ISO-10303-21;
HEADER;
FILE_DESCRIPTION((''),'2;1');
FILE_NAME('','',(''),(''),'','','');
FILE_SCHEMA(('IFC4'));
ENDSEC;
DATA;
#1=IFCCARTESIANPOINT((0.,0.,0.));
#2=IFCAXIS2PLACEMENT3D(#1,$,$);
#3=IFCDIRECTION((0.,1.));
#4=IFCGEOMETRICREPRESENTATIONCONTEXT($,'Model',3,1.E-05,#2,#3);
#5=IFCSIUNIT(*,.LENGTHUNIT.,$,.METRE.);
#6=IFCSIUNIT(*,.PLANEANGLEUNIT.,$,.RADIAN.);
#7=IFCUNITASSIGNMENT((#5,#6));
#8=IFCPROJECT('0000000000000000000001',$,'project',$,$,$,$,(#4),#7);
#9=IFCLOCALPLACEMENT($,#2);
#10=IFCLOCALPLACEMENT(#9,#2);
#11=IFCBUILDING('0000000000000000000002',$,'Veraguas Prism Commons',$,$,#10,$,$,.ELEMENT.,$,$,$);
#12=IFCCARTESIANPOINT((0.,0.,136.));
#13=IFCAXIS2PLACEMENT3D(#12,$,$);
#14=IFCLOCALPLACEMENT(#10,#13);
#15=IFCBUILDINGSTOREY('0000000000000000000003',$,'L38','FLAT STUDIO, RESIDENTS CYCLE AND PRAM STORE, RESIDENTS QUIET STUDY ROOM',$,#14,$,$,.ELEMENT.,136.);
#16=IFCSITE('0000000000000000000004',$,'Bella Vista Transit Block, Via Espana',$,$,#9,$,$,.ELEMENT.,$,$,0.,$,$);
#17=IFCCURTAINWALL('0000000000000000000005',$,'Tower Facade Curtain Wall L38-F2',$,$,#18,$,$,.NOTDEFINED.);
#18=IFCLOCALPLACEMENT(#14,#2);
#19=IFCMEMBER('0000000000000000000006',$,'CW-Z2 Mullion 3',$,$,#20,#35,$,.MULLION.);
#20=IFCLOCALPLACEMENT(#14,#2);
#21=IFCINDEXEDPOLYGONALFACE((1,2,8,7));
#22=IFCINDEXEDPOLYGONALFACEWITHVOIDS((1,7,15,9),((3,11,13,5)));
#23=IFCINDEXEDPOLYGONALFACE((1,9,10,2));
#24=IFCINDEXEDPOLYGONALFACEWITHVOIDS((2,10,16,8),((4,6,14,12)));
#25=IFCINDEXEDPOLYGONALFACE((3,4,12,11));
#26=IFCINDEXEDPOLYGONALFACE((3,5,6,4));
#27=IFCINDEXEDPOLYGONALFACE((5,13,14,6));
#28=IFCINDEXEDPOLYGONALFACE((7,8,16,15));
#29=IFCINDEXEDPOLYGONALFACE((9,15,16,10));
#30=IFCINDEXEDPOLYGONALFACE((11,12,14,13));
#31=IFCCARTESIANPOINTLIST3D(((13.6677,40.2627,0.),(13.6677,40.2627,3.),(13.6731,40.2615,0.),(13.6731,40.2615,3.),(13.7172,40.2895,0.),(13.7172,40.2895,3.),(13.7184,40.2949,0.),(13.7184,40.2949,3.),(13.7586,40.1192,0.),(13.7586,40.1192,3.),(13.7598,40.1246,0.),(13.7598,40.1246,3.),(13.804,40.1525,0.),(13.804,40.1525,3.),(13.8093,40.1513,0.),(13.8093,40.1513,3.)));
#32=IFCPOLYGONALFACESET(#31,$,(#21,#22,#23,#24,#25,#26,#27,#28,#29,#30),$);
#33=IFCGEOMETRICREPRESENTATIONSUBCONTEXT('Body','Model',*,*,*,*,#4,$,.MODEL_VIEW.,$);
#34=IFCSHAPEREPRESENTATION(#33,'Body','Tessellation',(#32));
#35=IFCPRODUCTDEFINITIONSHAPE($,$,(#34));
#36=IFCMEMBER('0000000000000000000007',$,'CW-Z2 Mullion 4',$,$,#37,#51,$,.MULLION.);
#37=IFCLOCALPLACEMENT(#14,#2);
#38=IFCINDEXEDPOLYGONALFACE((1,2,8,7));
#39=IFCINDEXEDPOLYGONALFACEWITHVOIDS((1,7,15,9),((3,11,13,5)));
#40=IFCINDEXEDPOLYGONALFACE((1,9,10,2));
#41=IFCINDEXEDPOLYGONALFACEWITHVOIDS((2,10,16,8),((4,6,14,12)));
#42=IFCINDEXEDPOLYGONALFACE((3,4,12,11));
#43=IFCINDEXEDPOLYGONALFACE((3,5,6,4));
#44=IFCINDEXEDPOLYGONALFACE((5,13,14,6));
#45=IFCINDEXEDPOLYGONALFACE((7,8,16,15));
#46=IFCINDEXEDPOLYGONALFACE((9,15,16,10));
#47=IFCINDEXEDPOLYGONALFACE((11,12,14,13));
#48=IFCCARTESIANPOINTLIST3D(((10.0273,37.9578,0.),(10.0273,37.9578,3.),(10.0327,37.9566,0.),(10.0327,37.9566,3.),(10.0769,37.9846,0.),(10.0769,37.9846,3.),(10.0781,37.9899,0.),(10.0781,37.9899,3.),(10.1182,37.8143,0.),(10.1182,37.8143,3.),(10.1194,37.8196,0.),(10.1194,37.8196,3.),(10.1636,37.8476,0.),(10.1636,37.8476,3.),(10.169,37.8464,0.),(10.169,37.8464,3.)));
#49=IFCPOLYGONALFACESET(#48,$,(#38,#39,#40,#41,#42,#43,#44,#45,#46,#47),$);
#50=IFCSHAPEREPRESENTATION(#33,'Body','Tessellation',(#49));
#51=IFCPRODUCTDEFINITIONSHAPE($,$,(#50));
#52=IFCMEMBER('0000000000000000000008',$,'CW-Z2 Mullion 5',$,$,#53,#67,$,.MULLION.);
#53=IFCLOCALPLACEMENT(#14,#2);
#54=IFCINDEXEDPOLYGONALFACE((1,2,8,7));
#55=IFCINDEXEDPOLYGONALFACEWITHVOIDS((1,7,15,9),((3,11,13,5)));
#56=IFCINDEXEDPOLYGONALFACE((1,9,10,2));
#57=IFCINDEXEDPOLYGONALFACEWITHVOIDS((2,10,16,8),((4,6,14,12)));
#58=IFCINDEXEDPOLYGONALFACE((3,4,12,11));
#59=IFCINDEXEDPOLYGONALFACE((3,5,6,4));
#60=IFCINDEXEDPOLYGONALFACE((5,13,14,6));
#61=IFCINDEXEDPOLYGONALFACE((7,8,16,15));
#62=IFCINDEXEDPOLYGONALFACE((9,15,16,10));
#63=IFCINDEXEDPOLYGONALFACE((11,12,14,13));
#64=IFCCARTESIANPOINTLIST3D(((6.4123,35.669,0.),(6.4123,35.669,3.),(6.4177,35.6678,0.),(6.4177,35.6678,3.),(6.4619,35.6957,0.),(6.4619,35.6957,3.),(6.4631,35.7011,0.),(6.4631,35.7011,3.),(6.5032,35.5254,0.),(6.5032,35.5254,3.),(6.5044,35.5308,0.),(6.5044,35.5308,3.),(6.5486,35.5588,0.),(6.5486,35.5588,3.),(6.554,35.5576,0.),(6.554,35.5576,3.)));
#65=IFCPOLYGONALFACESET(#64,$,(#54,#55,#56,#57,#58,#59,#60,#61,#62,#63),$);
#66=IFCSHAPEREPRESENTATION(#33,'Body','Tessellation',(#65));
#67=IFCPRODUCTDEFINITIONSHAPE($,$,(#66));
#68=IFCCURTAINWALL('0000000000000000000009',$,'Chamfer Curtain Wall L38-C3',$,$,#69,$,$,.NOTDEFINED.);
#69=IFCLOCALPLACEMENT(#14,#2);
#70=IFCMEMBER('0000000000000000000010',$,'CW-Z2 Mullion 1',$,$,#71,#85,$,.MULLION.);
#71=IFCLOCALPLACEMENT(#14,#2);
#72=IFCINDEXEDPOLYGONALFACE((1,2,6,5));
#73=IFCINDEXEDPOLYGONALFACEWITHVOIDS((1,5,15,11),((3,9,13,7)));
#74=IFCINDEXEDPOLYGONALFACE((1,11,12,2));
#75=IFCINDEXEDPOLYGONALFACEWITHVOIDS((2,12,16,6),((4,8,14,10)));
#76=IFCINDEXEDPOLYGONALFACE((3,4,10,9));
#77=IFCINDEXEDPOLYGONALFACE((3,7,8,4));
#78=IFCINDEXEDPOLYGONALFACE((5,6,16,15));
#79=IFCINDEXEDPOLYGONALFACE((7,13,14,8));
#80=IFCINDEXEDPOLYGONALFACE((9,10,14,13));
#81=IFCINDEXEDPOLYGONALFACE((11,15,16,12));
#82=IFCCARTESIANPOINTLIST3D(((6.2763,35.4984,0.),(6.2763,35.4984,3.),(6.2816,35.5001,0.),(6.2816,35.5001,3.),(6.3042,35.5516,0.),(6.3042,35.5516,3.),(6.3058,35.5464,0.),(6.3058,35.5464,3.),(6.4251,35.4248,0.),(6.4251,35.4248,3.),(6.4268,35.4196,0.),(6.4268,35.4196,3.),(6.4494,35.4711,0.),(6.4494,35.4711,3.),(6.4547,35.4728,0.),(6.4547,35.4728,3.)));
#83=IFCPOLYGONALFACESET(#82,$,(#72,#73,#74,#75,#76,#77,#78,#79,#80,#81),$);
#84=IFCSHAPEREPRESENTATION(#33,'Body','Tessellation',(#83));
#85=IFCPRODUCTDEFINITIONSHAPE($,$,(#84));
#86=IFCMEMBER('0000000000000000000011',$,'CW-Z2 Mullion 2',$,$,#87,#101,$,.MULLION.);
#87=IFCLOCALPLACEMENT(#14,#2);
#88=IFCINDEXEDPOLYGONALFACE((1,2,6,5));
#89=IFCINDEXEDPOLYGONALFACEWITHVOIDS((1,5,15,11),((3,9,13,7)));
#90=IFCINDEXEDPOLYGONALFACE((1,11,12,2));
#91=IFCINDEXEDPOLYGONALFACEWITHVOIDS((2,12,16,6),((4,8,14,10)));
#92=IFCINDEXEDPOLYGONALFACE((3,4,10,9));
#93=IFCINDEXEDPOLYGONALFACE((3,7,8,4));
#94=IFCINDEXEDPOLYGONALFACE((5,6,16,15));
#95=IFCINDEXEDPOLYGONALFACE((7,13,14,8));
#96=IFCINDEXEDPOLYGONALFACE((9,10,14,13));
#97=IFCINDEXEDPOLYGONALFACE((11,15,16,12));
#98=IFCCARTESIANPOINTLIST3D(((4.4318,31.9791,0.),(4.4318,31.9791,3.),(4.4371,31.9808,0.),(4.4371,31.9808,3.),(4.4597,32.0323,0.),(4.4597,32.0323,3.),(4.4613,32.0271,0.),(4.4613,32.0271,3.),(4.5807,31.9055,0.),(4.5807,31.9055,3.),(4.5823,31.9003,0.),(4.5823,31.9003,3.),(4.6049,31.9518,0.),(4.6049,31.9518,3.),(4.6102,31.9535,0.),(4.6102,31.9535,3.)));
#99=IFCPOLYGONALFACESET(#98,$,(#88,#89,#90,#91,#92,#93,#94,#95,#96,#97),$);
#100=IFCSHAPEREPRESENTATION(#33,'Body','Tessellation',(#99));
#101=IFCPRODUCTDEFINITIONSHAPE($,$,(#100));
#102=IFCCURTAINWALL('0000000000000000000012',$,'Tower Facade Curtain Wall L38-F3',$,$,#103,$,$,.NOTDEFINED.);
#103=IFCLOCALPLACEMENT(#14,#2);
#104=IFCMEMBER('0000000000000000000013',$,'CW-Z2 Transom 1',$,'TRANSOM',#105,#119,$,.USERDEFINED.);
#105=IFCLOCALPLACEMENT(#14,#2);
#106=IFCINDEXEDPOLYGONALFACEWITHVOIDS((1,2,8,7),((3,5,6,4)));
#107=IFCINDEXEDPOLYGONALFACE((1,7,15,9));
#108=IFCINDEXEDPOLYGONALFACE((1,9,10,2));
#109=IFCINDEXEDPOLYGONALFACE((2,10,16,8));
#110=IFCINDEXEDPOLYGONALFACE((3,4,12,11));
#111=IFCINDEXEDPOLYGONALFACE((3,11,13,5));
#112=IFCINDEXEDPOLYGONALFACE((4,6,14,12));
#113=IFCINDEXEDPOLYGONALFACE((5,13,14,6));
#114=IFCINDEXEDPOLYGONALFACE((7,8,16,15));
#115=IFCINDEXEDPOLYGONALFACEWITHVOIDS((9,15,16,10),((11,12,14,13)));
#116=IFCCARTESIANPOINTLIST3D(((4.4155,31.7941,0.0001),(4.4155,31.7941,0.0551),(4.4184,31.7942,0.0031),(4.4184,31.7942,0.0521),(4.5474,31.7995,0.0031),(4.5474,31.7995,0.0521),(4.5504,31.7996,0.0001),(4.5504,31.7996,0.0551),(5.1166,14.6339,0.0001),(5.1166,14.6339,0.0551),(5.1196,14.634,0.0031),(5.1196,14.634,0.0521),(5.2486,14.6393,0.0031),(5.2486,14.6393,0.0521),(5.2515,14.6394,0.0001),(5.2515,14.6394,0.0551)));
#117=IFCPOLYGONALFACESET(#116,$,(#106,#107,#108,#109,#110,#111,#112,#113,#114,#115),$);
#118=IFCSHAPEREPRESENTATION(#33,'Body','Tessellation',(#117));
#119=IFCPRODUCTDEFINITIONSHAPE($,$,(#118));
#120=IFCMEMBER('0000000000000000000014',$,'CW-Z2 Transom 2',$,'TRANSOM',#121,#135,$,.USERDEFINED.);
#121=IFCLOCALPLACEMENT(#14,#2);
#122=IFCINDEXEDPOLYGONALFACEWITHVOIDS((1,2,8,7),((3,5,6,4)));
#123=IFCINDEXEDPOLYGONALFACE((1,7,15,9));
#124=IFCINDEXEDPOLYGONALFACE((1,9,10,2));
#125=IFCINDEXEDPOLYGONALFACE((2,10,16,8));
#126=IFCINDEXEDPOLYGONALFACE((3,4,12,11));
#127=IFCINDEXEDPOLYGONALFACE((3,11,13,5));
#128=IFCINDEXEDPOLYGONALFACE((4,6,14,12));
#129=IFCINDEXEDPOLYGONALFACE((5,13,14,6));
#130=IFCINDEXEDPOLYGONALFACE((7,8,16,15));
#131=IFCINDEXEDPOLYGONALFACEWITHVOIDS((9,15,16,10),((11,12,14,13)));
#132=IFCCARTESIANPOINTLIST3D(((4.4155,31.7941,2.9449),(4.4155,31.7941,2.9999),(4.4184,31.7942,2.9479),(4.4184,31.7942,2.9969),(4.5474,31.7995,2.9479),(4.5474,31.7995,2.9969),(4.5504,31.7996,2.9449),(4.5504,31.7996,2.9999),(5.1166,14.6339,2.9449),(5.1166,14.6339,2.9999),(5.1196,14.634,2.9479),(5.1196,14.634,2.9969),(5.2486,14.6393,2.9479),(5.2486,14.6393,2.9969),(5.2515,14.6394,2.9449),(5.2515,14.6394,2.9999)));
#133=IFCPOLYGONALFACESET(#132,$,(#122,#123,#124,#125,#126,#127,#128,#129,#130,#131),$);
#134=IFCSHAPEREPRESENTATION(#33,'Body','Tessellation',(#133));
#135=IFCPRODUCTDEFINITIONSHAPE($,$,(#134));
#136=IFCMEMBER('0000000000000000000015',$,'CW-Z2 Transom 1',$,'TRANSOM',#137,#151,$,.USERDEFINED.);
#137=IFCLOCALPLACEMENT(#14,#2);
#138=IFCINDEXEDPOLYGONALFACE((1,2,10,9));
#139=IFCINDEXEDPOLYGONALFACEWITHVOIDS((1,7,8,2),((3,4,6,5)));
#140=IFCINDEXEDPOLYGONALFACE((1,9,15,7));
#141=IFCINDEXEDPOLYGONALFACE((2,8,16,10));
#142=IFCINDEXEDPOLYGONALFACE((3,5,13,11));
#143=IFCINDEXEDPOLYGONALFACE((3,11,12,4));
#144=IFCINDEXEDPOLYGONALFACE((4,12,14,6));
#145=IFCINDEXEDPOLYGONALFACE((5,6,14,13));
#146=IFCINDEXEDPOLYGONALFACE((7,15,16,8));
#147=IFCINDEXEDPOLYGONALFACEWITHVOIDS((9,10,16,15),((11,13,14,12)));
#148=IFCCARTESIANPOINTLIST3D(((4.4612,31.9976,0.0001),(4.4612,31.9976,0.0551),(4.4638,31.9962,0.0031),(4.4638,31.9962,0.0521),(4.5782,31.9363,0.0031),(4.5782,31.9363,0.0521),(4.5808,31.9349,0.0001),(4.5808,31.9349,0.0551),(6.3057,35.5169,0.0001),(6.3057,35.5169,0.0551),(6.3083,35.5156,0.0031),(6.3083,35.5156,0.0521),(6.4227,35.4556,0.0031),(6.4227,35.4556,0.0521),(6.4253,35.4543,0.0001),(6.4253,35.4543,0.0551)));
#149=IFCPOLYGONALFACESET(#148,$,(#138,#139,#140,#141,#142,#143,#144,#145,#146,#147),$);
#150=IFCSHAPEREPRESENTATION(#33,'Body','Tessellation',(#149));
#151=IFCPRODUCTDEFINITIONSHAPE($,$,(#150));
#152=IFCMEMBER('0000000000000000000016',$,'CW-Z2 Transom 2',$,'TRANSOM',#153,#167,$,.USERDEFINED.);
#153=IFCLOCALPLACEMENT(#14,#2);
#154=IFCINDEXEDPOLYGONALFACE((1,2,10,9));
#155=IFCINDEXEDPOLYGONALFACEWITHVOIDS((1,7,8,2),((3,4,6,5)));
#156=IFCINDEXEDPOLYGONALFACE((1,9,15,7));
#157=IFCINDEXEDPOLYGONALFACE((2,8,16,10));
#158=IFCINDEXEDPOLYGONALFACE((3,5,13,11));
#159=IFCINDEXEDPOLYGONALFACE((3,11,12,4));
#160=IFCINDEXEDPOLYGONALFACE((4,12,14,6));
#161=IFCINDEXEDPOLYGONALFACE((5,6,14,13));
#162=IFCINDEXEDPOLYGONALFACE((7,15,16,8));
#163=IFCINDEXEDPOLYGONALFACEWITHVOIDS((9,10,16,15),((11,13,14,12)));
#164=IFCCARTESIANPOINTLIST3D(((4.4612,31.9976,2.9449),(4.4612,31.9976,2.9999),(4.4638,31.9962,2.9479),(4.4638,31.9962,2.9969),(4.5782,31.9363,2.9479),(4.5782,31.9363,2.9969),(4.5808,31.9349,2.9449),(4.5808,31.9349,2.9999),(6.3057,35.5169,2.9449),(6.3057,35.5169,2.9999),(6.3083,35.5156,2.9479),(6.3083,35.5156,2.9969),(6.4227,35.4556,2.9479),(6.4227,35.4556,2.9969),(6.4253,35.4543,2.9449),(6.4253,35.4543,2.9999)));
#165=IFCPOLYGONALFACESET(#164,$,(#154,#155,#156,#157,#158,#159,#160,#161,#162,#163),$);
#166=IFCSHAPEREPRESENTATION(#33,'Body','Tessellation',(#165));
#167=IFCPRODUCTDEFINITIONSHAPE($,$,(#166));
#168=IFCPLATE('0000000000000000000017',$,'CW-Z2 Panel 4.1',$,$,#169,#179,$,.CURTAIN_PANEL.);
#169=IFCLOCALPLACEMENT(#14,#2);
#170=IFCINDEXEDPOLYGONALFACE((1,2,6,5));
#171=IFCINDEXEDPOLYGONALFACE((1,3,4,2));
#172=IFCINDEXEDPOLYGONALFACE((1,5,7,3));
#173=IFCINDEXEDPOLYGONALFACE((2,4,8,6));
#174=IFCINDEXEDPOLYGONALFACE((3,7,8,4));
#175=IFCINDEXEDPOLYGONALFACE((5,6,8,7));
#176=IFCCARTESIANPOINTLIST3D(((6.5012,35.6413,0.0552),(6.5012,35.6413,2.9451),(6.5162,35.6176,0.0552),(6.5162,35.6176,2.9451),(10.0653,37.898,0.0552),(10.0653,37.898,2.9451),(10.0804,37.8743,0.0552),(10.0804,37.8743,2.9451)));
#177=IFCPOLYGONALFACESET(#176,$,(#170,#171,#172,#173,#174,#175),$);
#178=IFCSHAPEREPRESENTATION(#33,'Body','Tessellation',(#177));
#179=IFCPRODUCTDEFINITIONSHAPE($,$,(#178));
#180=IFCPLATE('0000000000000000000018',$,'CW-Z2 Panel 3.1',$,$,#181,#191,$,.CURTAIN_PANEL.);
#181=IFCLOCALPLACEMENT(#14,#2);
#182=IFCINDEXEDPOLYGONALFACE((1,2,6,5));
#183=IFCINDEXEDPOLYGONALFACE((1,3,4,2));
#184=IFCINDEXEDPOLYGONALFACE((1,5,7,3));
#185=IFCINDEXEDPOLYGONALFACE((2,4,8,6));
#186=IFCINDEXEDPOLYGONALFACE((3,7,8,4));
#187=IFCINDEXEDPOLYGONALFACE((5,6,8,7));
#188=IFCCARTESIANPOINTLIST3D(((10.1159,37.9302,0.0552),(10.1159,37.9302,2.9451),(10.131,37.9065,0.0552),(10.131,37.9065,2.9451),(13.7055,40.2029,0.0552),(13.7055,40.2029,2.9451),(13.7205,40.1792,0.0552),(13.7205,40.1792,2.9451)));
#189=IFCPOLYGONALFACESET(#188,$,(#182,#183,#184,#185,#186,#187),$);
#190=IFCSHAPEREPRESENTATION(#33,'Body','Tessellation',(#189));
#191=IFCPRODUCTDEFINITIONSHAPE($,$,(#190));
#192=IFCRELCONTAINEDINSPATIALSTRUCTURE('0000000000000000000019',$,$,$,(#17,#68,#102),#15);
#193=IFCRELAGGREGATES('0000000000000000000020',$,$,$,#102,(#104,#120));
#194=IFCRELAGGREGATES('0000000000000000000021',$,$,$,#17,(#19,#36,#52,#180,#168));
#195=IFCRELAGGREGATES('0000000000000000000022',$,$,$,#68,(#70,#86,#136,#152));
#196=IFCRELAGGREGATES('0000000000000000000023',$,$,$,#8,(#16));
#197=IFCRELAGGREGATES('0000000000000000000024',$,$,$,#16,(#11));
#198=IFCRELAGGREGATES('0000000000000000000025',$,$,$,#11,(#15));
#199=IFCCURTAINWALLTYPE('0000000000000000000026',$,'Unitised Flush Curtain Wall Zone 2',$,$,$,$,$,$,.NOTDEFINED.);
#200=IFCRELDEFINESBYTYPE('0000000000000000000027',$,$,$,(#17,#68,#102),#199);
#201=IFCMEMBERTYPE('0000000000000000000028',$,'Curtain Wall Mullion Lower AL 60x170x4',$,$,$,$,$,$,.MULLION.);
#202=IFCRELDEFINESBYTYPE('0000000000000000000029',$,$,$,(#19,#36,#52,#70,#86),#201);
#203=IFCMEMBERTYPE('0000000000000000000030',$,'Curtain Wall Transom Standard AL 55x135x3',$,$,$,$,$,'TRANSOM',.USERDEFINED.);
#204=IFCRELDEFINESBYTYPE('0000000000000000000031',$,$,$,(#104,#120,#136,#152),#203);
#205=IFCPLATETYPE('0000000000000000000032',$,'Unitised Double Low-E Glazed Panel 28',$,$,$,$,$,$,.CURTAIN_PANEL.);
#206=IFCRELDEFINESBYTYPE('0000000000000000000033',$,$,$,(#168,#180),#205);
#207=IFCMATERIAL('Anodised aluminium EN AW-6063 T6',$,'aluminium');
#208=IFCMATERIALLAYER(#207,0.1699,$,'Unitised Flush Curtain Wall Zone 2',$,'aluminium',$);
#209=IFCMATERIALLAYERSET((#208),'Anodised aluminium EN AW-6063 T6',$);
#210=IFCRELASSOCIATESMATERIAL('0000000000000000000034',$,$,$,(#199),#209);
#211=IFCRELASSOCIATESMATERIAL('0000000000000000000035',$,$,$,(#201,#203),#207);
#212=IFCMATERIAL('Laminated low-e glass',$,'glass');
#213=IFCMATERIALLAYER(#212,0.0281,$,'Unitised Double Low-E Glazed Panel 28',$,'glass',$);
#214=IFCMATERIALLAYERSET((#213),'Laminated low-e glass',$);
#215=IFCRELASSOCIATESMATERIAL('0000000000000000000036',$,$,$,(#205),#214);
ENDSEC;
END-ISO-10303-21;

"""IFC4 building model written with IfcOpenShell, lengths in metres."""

from ifc_helpers import new_model, si_unit, direction, frame, origin, origin_2d, place, context, subcontext, project, spatial, rectangle, hollow_rectangle, extrude, source, transform, mapped, material, layer, layer_set, material_profile, profile_set, type_object, element, aggregate, save


model = new_model("IFC4")

# Units and contexts
model_context = context("Model", 3, precision=1e-05, world=origin(), true_north=direction((0.0, 1.0)))
body_context = subcontext(model_context, "Body", "Model", "MODEL_VIEW")
ifc_project = project(units=[si_unit("LENGTHUNIT", "METRE"), si_unit("PLANEANGLEUNIT", "RADIAN")], contexts=[model_context])

# Site, building, storey
site_placement = place(None, origin())
site = spatial("IfcSite", under=ifc_project, at=site_placement, Name="Bella Vista Transit Block, Via Espana", CompositionType="ELEMENT", RefElevation=0.0)
building_placement = place(site_placement, origin())
building = spatial("IfcBuilding", under=site, at=building_placement, Name="Veraguas Prism Commons", CompositionType="ELEMENT")
storey_placement = place(building_placement, frame((0.0, 0.0, 136.0)))
storey = spatial("IfcBuildingStorey", under=building, at=storey_placement, Name="L38", Description="FLAT STUDIO, RESIDENTS CYCLE AND PRAM STORE, RESIDENTS QUIET STUDY ROOM", CompositionType="ELEMENT", Elevation=136.0)

# Curtain walls, members
ifc_material_1 = material(Name="Anodised aluminium EN AW-6063 T6", Category="aluminium")
ifc_layer_1 = layer(ifc_material_1, 0.1699, Name="Unitised Flush Curtain Wall Zone 2", Category="aluminium")
ifc_layer_set_1 = layer_set([ifc_layer_1], Name="Anodised aluminium EN AW-6063 T6")
curtain_wall_type = type_object("IfcCurtainWallType", Name="Unitised Flush Curtain Wall Zone 2", PredefinedType="NOTDEFINED", material=ifc_layer_set_1)
curtain_wall_1_placement = place(storey_placement, origin())
curtain_wall_1 = element("IfcCurtainWall", 1, at=curtain_wall_1_placement, inside=storey, type_object=curtain_wall_type, Name="Tower Facade Curtain Wall L38-F2", PredefinedType="NOTDEFINED")
ifc_material_profile_1 = material_profile(ifc_material_1, hollow_rectangle(XDim=0.0601, YDim=0.1699, WallThickness=0.0039, at=origin_2d()), Name="AL60X170X4")
ifc_profile_set_1 = profile_set([ifc_material_profile_1], Name="Anodised aluminium EN AW-6063 T6")
member_type_1 = type_object("IfcMemberType", Name="Curtain Wall Mullion Lower AL 60x170x4", PredefinedType="MULLION", material=ifc_profile_set_1)
shared_shape_1 = source(origin(), body_context, "Body", "SweptSolid", [
    extrude(hollow_rectangle(XDim=0.0601, YDim=0.1699, WallThickness=0.0039, at=origin_2d()), origin(), (0.0, 0.0, 1.0), 3.0),
])
member_1_placement = place(storey_placement, frame((13.7385, 40.207, 0.0), z_axis=(0.0, 0.0, 1.0), x_axis=(-0.844888, -0.534944, 0.0)))
member_1 = element("IfcMember", 2, at=member_1_placement, type_object=member_type_1, Name="CW-Z2 Mullion 3", PredefinedType="MULLION", context=body_context, shape_type="MappedRepresentation", body=[
    mapped(shared_shape_1, transform((0.0, 0.0, 0.0), scale=1.0)),
])
member_2_placement = place(storey_placement, frame((10.0981, 37.9021, 0.0), z_axis=(0.0, 0.0, 1.0), x_axis=(-0.844888, -0.534944, 0.0)))
member_2 = element("IfcMember", 3, at=member_2_placement, type_object=member_type_1, Name="CW-Z2 Mullion 4", PredefinedType="MULLION", context=body_context, shape_type="MappedRepresentation", body=[
    mapped(shared_shape_1, transform((0.0, 0.0, 0.0), scale=1.0)),
])
member_3_placement = place(storey_placement, frame((6.4832, 35.6133, 0.0), z_axis=(0.0, 0.0, 1.0), x_axis=(-0.844888, -0.534944, 0.0)))
member_3 = element("IfcMember", 4, at=member_3_placement, type_object=member_type_1, Name="CW-Z2 Mullion 5", PredefinedType="MULLION", context=body_context, shape_type="MappedRepresentation", body=[
    mapped(shared_shape_1, transform((0.0, 0.0, 0.0), scale=1.0)),
])
curtain_wall_2_placement = place(storey_placement, origin())
curtain_wall_2 = element("IfcCurtainWall", 5, at=curtain_wall_2_placement, inside=storey, type_object=curtain_wall_type, Name="Chamfer Curtain Wall L38-C3", PredefinedType="NOTDEFINED")
member_4_placement = place(storey_placement, frame((6.3655, 35.4856, 0.0), z_axis=(0.0, 0.0, 1.0), x_axis=(-0.464201, -0.88573, 0.0)))
member_4 = element("IfcMember", 6, at=member_4_placement, type_object=member_type_1, Name="CW-Z2 Mullion 1", PredefinedType="MULLION", context=body_context, shape_type="MappedRepresentation", body=[
    mapped(shared_shape_1, transform((0.0, 0.0, 0.0), scale=1.0)),
])
member_5_placement = place(storey_placement, frame((4.521, 31.9663, 0.0), z_axis=(0.0, 0.0, 1.0), x_axis=(-0.464201, -0.88573, 0.0)))
member_5 = element("IfcMember", 7, at=member_5_placement, type_object=member_type_1, Name="CW-Z2 Mullion 2", PredefinedType="MULLION", context=body_context, shape_type="MappedRepresentation", body=[
    mapped(shared_shape_1, transform((0.0, 0.0, 0.0), scale=1.0)),
])
curtain_wall_3_placement = place(storey_placement, origin())
curtain_wall_3 = element("IfcCurtainWall", 8, at=curtain_wall_3_placement, inside=storey, type_object=curtain_wall_type, Name="Tower Facade Curtain Wall L38-F3", PredefinedType="NOTDEFINED")
ifc_material_profile_2 = material_profile(ifc_material_1, hollow_rectangle(XDim=0.0549, YDim=0.135, WallThickness=0.0029, at=origin_2d()), Name="AL55X135X3")
ifc_profile_set_2 = profile_set([ifc_material_profile_2], Name="Anodised aluminium EN AW-6063 T6")
member_type_2 = type_object("IfcMemberType", Name="Curtain Wall Transom Standard AL 55x135x3", ElementType="TRANSOM", PredefinedType="USERDEFINED", material=ifc_profile_set_2)
shared_shape_2 = source(origin(), body_context, "Body", "SweptSolid", [
    extrude(hollow_rectangle(XDim=0.0549, YDim=0.135, WallThickness=0.0029, at=origin_2d()), origin(), (0.0, 0.0, 1.0), 17.1746),
])
member_6_placement = place(storey_placement, frame((4.4829, 31.7969, 0.0276), z_axis=(0.040826, -0.999166, 0.0), x_axis=(0.0, 0.0, 1.0)))
member_6 = element("IfcMember", 9, at=member_6_placement, type_object=member_type_2, Name="CW-Z2 Transom 1", ObjectType="TRANSOM", PredefinedType="USERDEFINED", context=body_context, shape_type="MappedRepresentation", body=[
    mapped(shared_shape_2, transform((0.0, 0.0, 0.0), scale=1.0)),
])
member_7_placement = place(storey_placement, frame((4.4829, 31.7969, 2.9724), z_axis=(0.040826, -0.999166, 0.0), x_axis=(0.0, 0.0, 1.0)))
member_7 = element("IfcMember", 10, at=member_7_placement, type_object=member_type_2, Name="CW-Z2 Transom 2", ObjectType="TRANSOM", PredefinedType="USERDEFINED", context=body_context, shape_type="MappedRepresentation", body=[
    mapped(shared_shape_2, transform((0.0, 0.0, 0.0), scale=1.0)),
])
aggregate(curtain_wall_3, [member_6, member_7])

# Members
shared_shape_3 = source(origin(), body_context, "Body", "SweptSolid", [
    extrude(hollow_rectangle(XDim=0.0549, YDim=0.135, WallThickness=0.0029, at=origin_2d()), origin(), (0.0, 0.0, 1.0), 3.9734),
])
member_8_placement = place(storey_placement, frame((6.3655, 35.4856, 0.0276), z_axis=(-0.464214, -0.885723, 0.0), x_axis=(0.0, 0.0, 1.0)))
member_8 = element("IfcMember", 11, at=member_8_placement, type_object=member_type_2, Name="CW-Z2 Transom 1", ObjectType="TRANSOM", PredefinedType="USERDEFINED", context=body_context, shape_type="MappedRepresentation", body=[
    mapped(shared_shape_3, transform((0.0, 0.0, 0.0), scale=1.0)),
])
member_9_placement = place(storey_placement, frame((6.3655, 35.4856, 2.9724), z_axis=(-0.464214, -0.885723, 0.0), x_axis=(0.0, 0.0, 1.0)))
member_9 = element("IfcMember", 12, at=member_9_placement, type_object=member_type_2, Name="CW-Z2 Transom 2", ObjectType="TRANSOM", PredefinedType="USERDEFINED", context=body_context, shape_type="MappedRepresentation", body=[
    mapped(shared_shape_3, transform((0.0, 0.0, 0.0), scale=1.0)),
])

# Plates
ifc_material_2 = material(Name="Laminated low-e glass", Category="glass")
ifc_layer_2 = layer(ifc_material_2, 0.0281, Name="Unitised Double Low-E Glazed Panel 28", Category="glass")
ifc_layer_set_2 = layer_set([ifc_layer_2], Name="Laminated low-e glass")
plate_type = type_object("IfcPlateType", Name="Unitised Double Low-E Glazed Panel 28", PredefinedType="CURTAIN_PANEL", material=ifc_layer_set_2)
shared_shape_4 = source(origin(), body_context, "Body", "SweptSolid", [
    extrude(rectangle(XDim=4.2185, YDim=0.0281, at=origin_2d()), origin(), (0.0, 0.0, 1.0), 2.8899),
])
plate_1_placement = place(storey_placement, frame((8.2908, 36.7578, 0.0552), z_axis=(0.0, 0.0, 1.0), x_axis=(-0.844888, -0.534944, 0.0)))
plate_1 = element("IfcPlate", 13, at=plate_1_placement, type_object=plate_type, Name="CW-Z2 Panel 4.1", PredefinedType="CURTAIN_PANEL", context=body_context, shape_type="MappedRepresentation", body=[
    mapped(shared_shape_4, transform((0.0, 0.0, 0.0), scale=1.0)),
])
shared_shape_5 = source(origin(), body_context, "Body", "SweptSolid", [
    extrude(rectangle(XDim=4.2485, YDim=0.0281, at=origin_2d()), origin(), (0.0, 0.0, 1.0), 2.8899),
])
plate_2_placement = place(storey_placement, frame((11.9182, 39.0547, 0.0552), z_axis=(0.0, 0.0, 1.0), x_axis=(-0.844888, -0.534944, 0.0)))
plate_2 = element("IfcPlate", 14, at=plate_2_placement, type_object=plate_type, Name="CW-Z2 Panel 3.1", PredefinedType="CURTAIN_PANEL", context=body_context, shape_type="MappedRepresentation", body=[
    mapped(shared_shape_5, transform((0.0, 0.0, 0.0), scale=1.0)),
])
aggregate(curtain_wall_1, [member_1, member_2, member_3, plate_2, plate_1])
aggregate(curtain_wall_2, [member_4, member_5, member_8, member_9])

save(model, "model.ifc")
